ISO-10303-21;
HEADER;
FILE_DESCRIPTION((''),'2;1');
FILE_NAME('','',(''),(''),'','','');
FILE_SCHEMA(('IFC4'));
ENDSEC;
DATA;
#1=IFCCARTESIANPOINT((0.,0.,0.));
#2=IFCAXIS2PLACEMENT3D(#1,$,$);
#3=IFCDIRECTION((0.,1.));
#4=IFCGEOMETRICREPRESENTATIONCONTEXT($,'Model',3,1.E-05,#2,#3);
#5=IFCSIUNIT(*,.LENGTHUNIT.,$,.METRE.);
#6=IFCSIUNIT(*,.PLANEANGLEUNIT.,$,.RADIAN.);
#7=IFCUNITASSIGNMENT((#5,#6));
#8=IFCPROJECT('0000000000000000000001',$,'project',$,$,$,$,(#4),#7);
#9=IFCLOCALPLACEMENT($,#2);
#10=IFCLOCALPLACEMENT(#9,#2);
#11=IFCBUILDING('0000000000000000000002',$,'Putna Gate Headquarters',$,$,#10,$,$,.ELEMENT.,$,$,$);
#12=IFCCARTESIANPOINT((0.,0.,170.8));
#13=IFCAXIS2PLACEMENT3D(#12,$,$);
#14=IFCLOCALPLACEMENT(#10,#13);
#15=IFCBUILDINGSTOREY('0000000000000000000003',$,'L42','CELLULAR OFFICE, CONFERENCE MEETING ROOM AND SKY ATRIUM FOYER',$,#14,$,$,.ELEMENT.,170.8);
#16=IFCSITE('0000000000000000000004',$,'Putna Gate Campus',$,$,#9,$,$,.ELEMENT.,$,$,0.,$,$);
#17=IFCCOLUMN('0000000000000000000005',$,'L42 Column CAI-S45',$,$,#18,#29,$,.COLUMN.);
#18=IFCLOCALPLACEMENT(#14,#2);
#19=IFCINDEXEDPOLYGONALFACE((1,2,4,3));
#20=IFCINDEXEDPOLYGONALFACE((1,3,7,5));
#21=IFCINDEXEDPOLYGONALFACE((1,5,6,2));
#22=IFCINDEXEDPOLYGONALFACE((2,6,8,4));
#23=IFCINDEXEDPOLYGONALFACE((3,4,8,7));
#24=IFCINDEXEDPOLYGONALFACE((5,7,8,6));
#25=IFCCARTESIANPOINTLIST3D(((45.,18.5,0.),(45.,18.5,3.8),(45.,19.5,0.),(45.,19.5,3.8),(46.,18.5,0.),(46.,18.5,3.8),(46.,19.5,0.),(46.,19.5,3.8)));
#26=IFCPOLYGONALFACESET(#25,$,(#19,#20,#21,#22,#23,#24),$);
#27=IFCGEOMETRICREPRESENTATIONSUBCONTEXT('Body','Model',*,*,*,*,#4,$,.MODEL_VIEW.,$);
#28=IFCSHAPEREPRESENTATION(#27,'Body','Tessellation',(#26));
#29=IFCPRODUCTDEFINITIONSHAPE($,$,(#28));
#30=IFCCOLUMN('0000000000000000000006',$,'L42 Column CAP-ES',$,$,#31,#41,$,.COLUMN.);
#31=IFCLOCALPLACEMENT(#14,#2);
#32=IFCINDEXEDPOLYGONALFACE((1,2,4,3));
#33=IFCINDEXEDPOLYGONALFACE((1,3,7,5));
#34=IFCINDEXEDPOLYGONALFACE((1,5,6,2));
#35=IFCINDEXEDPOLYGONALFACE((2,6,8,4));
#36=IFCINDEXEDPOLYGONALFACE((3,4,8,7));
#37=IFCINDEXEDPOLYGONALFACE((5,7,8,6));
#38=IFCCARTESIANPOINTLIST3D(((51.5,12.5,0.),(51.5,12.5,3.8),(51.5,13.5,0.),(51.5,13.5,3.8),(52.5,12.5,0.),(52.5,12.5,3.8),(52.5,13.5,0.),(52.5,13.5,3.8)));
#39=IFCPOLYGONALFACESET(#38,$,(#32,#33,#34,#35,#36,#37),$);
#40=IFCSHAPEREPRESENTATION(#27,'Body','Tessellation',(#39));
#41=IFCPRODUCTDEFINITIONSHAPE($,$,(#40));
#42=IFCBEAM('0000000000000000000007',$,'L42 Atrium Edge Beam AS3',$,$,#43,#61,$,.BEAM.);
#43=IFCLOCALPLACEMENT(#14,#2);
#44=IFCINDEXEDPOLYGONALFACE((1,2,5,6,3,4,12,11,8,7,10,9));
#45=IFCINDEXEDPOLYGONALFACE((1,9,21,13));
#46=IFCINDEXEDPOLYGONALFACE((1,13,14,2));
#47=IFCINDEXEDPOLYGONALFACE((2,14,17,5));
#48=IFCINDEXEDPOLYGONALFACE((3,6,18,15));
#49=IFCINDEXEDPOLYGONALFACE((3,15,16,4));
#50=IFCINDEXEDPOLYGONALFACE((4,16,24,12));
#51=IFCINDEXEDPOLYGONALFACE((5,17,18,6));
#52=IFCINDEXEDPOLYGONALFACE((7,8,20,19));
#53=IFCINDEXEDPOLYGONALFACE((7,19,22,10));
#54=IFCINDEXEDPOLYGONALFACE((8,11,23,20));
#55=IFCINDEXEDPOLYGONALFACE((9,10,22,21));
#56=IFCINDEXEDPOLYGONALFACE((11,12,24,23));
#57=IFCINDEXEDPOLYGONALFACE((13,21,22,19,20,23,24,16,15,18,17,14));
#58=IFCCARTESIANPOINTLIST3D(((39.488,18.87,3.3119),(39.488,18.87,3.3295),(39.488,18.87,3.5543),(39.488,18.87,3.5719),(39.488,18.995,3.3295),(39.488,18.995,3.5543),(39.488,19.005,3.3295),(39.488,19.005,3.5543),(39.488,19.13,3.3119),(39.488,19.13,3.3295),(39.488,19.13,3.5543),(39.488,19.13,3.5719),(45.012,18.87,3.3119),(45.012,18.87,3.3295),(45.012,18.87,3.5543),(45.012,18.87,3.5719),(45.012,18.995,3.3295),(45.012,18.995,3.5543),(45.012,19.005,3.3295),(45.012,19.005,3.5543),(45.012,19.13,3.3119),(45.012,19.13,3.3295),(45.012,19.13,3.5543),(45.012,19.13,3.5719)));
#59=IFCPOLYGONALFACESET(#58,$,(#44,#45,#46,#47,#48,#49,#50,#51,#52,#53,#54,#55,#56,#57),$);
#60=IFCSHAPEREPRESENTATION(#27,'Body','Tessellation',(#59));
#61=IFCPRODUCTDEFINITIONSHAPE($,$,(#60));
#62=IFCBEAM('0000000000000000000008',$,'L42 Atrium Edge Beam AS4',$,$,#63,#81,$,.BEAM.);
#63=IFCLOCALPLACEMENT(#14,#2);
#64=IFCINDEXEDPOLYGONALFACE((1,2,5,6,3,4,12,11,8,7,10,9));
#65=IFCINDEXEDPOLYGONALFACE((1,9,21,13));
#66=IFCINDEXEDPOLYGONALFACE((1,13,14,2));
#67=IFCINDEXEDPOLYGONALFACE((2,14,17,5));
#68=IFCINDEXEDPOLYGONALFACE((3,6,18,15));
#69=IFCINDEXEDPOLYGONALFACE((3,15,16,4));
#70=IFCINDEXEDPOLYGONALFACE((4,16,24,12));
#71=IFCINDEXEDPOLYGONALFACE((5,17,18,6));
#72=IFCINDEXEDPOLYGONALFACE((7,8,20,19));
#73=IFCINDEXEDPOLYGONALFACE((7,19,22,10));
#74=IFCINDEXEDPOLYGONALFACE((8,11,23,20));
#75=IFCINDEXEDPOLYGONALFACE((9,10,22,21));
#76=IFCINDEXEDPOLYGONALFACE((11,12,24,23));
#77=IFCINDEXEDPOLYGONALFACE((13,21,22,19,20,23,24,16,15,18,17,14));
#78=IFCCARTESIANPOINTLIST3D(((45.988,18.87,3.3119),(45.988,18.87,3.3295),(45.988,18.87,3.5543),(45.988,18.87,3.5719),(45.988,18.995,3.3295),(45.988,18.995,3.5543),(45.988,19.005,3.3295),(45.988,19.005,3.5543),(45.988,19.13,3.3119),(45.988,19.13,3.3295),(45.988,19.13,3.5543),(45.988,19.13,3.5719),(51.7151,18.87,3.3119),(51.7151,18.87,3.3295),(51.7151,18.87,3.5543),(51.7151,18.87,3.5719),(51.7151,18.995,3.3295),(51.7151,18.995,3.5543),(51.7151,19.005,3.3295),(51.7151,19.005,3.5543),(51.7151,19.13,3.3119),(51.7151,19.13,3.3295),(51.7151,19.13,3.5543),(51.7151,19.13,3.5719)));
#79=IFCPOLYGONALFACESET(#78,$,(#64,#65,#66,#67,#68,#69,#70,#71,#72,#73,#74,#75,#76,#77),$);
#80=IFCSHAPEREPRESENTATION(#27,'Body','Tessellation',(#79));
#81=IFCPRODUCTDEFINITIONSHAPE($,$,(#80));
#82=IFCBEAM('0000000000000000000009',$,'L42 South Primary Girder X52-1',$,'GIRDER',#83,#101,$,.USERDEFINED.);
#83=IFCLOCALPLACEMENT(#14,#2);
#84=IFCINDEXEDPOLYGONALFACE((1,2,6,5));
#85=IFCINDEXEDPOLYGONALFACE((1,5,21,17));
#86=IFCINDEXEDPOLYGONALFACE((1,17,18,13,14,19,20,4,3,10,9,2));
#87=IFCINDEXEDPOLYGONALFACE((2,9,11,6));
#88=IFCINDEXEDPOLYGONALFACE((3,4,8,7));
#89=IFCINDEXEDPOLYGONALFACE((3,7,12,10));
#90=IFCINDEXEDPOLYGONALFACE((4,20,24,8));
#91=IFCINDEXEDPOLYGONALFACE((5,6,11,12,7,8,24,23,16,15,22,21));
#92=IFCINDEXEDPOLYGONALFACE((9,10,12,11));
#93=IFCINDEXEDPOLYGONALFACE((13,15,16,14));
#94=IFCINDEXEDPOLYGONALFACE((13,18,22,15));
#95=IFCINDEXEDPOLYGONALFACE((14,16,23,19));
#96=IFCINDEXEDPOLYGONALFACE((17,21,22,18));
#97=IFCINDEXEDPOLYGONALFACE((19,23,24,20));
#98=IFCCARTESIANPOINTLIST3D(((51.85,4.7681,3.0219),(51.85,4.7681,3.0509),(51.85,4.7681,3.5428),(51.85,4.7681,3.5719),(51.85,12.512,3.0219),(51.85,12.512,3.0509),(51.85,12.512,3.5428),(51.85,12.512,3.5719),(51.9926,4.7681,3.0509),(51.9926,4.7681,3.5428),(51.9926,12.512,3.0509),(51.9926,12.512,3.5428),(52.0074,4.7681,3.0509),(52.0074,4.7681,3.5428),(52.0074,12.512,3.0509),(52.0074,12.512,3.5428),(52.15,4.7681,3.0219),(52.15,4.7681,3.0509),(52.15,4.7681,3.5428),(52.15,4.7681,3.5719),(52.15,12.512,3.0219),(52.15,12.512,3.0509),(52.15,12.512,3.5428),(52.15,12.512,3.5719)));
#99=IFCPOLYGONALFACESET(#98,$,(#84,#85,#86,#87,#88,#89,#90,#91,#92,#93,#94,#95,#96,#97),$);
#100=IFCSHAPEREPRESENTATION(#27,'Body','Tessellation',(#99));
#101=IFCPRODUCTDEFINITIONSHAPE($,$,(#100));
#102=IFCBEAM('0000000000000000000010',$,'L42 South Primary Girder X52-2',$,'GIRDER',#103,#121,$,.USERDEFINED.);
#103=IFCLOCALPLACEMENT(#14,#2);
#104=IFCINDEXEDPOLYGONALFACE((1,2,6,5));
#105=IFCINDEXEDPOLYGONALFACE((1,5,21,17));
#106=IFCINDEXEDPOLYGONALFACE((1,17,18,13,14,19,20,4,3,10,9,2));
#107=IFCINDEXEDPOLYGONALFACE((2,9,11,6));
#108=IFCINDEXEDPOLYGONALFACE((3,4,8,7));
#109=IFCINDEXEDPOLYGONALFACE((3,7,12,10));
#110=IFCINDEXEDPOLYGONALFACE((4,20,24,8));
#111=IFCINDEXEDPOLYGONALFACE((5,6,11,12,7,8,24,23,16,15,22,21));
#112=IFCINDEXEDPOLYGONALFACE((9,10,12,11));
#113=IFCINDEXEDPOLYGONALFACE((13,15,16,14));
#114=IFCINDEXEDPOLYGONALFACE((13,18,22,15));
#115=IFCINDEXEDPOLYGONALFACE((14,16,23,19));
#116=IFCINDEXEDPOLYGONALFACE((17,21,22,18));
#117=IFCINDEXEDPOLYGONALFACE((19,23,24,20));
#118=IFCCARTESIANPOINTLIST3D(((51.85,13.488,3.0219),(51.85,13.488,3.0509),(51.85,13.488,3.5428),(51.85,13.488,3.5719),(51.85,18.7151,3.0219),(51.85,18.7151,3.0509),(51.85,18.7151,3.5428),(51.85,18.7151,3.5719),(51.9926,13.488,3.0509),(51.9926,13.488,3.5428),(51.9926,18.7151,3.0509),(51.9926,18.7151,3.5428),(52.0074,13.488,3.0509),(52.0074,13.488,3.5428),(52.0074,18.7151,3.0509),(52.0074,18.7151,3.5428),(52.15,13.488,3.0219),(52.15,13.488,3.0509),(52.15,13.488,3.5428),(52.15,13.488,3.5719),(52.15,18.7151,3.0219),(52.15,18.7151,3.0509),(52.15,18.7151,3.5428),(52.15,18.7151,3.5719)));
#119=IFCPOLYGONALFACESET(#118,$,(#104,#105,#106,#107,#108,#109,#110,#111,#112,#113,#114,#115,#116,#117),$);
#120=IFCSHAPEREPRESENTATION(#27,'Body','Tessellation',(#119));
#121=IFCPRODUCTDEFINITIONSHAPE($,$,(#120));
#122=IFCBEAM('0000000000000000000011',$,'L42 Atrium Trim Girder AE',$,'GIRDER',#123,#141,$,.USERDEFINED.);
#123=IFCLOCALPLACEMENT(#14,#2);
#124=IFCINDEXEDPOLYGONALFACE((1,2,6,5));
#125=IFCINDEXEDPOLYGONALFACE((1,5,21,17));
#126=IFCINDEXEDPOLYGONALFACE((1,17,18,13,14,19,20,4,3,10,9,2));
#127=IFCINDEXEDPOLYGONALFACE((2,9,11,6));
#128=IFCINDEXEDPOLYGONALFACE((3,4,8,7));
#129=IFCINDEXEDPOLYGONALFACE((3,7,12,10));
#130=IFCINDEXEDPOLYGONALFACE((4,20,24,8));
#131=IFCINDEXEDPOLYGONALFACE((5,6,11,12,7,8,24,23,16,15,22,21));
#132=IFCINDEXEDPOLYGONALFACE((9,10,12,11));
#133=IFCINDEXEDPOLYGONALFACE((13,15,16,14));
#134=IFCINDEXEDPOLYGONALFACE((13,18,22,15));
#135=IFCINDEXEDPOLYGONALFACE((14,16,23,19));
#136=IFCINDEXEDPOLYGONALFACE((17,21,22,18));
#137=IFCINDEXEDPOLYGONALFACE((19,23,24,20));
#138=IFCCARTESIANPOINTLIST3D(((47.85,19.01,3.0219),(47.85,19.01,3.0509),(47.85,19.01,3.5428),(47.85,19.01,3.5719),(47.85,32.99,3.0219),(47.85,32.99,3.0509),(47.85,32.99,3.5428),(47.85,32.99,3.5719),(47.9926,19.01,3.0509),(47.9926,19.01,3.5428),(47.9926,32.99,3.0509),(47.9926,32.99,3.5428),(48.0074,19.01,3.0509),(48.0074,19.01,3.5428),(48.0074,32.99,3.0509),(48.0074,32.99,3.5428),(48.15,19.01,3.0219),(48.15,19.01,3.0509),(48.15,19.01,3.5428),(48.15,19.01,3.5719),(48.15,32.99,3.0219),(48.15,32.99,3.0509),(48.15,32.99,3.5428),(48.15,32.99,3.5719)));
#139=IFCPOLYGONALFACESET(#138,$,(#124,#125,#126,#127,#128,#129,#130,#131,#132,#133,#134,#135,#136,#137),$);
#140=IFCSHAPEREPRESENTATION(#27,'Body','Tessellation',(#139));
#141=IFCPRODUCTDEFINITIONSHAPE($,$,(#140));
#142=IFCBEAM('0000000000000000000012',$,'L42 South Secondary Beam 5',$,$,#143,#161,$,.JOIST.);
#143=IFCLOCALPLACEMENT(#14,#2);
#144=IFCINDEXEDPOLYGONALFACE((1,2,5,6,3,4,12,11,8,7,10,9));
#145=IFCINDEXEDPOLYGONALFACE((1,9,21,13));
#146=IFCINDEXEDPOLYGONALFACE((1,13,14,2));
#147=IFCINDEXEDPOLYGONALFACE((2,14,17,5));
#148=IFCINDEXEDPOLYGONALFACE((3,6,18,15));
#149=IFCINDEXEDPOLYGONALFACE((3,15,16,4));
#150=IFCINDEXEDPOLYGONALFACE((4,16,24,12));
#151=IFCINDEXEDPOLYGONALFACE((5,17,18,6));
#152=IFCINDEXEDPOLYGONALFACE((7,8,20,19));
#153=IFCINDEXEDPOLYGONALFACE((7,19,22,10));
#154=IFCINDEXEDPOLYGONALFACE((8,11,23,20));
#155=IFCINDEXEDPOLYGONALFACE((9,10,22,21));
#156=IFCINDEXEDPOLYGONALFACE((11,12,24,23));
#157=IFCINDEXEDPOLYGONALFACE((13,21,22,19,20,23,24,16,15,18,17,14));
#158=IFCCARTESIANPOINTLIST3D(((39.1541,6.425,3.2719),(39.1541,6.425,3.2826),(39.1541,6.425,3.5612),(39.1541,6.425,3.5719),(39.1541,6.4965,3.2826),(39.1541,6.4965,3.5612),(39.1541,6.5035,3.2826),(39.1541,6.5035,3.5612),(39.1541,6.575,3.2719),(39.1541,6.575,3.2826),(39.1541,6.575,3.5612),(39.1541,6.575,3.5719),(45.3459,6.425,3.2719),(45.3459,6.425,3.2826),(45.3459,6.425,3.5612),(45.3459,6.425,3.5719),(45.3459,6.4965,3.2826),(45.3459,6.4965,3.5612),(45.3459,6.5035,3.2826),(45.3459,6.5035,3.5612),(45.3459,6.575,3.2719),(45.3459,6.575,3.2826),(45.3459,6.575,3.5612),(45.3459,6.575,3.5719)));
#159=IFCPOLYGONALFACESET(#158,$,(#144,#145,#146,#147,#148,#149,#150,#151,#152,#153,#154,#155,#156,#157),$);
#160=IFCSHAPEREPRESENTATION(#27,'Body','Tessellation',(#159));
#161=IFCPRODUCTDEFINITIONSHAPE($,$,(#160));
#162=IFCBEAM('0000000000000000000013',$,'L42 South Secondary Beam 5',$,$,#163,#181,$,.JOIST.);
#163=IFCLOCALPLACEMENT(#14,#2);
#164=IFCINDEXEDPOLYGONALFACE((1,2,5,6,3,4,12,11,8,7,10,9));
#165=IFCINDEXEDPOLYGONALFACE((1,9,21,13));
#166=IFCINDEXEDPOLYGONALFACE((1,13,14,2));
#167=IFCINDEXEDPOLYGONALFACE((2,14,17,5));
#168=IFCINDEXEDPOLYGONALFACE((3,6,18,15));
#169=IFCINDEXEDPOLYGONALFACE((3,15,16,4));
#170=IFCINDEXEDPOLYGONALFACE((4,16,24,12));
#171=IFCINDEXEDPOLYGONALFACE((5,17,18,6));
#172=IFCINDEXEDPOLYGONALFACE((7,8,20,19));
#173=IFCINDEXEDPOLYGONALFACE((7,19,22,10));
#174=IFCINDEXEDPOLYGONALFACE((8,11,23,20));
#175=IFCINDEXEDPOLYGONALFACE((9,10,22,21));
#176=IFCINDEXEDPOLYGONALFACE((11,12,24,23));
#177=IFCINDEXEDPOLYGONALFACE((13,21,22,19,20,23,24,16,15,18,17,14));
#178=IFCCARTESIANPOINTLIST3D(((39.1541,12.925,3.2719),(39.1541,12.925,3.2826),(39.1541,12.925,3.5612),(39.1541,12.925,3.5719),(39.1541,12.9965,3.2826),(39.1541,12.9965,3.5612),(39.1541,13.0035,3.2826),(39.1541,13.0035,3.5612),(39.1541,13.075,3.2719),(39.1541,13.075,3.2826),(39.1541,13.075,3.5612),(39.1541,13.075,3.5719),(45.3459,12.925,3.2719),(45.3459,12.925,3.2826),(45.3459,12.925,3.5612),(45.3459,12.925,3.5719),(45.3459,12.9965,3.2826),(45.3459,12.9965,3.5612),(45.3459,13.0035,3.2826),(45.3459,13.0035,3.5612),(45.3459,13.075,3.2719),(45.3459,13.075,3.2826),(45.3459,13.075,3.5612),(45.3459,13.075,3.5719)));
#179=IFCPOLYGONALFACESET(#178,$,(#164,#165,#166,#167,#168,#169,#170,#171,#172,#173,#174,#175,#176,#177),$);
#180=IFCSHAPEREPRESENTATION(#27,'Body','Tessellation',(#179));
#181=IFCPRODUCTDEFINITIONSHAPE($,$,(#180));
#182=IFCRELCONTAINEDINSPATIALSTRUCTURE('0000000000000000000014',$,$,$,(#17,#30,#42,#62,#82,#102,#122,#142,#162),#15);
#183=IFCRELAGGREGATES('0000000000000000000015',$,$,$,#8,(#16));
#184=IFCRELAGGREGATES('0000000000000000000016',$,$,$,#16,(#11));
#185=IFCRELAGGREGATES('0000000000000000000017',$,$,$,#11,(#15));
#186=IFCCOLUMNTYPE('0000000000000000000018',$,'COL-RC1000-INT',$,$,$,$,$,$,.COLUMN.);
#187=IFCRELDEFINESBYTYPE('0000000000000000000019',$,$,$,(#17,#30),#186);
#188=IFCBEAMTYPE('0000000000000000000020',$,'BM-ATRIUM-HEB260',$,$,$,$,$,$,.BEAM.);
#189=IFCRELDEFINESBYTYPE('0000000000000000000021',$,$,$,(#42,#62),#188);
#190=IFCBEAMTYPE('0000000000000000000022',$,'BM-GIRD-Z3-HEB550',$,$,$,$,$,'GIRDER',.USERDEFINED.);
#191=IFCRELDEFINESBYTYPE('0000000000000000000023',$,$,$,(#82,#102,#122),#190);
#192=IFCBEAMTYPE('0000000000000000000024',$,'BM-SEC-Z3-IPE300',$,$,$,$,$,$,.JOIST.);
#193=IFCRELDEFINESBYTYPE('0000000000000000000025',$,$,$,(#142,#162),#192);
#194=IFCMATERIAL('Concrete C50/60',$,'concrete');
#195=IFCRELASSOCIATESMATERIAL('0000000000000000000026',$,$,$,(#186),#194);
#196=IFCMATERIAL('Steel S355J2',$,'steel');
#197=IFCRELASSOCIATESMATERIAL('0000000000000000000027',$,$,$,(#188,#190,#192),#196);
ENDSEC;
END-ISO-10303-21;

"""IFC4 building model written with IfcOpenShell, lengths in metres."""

from ifc_helpers import new_model, si_unit, direction, frame, origin, origin_2d, place, context, subcontext, project, spatial, rectangle, i_section, extrude, material, material_profile, profile_set, type_object, element, save


model = new_model("IFC4")

# Units and contexts
model_context = context("Model", 3, precision=1e-05, world=origin(), true_north=direction((0.0, 1.0)))
body_context = subcontext(model_context, "Body", "Model", "MODEL_VIEW")
ifc_project = project(units=[si_unit("LENGTHUNIT", "METRE"), si_unit("PLANEANGLEUNIT", "RADIAN")], contexts=[model_context])

# Site, building, storey
site_placement = place(None, origin())
site = spatial("IfcSite", under=ifc_project, at=site_placement, Name="Putna Gate Campus", CompositionType="ELEMENT", RefElevation=0.0)
building_placement = place(site_placement, origin())
building = spatial("IfcBuilding", under=site, at=building_placement, Name="Putna Gate Headquarters", CompositionType="ELEMENT")
storey_placement = place(building_placement, frame((0.0, 0.0, 170.8)))
storey = spatial("IfcBuildingStorey", under=building, at=storey_placement, Name="L42", Description="CELLULAR OFFICE, CONFERENCE MEETING ROOM AND SKY ATRIUM FOYER", CompositionType="ELEMENT", Elevation=170.8)

# Columns
ifc_material_1 = material(Name="Concrete C50/60", Category="concrete")
ifc_material_profile_1 = material_profile(ifc_material_1, rectangle(XDim=1.0, YDim=1.0, at=origin_2d()), Name="Concrete C50/60")
ifc_profile_set_1 = profile_set([ifc_material_profile_1], Name="Concrete C50/60")
column_type = type_object("IfcColumnType", Name="COL-RC1000-INT", PredefinedType="COLUMN", material=ifc_profile_set_1)
for number, where, z_axis, x_axis, name in (
    (1, (45.5, 19.0, 0.0), (0.0, 0.0, 1.0), (1.0, 0.0, 0.0), "L42 Column CAI-S45"),
    (2, (52.0, 13.0, 0.0), (0.0, 0.0, 1.0), (1.0, 0.0, 0.0), "L42 Column CAP-ES"),
):
    element("IfcColumn", number, at=place(storey_placement, frame(where, z_axis=z_axis, x_axis=x_axis)), inside=storey, type_object=column_type, Name=name, PredefinedType="COLUMN", context=body_context, shape_type="SweptSolid", body=[
        extrude(rectangle(XDim=1.0, YDim=1.0, at=origin_2d()), origin(), (0.0, 0.0, 1.0), 3.8),
    ])

# Beams
ifc_material_2 = material(Name="Steel S355J2", Category="steel")
ifc_material_profile_2 = material_profile(ifc_material_2, i_section(OverallWidth=0.26, OverallDepth=0.26, WebThickness=0.01, FlangeThickness=0.0176, at=origin_2d()), Name="Steel S355J2")
ifc_profile_set_2 = profile_set([ifc_material_profile_2], Name="Steel S355J2")
beam_type_1 = type_object("IfcBeamType", Name="BM-ATRIUM-HEB260", PredefinedType="BEAM", material=ifc_profile_set_2)
beam_1_placement = place(storey_placement, frame((39.488, 19.0, 3.4419), z_axis=(1.0, 0.0, 0.0), x_axis=(0.0, 1.0, 0.0)))
element("IfcBeam", 3, at=beam_1_placement, inside=storey, type_object=beam_type_1, Name="L42 Atrium Edge Beam AS3", PredefinedType="BEAM", context=body_context, shape_type="SweptSolid", body=[
    extrude(i_section(OverallWidth=0.26, OverallDepth=0.26, WebThickness=0.01, FlangeThickness=0.0176, at=origin_2d()), origin(), (0.0, 0.0, 1.0), 5.5239),
])
beam_2_placement = place(storey_placement, frame((45.988, 19.0, 3.4419), z_axis=(1.0, 0.0, 0.0), x_axis=(0.0, 1.0, 0.0)))
element("IfcBeam", 4, at=beam_2_placement, inside=storey, type_object=beam_type_1, Name="L42 Atrium Edge Beam AS4", PredefinedType="BEAM", context=body_context, shape_type="SweptSolid", body=[
    extrude(i_section(OverallWidth=0.26, OverallDepth=0.26, WebThickness=0.01, FlangeThickness=0.0176, at=origin_2d()), origin(), (0.0, 0.0, 1.0), 5.7271),
])
ifc_material_profile_3 = material_profile(ifc_material_2, i_section(OverallWidth=0.3, OverallDepth=0.55, WebThickness=0.0149, FlangeThickness=0.0291, at=origin_2d()), Name="Steel S355J2")
ifc_profile_set_3 = profile_set([ifc_material_profile_3], Name="Steel S355J2")
beam_type_2 = type_object("IfcBeamType", Name="BM-GIRD-Z3-HEB550", ElementType="GIRDER", PredefinedType="USERDEFINED", material=ifc_profile_set_3)
beam_3_placement = place(storey_placement, frame((52.0, 4.7681, 3.2969), z_axis=(0.0, 1.0, 0.0), x_axis=(-1.0, 0.0, 0.0)))
element("IfcBeam", 5, at=beam_3_placement, inside=storey, type_object=beam_type_2, Name="L42 South Primary Girder X52-1", ObjectType="GIRDER", PredefinedType="USERDEFINED", context=body_context, shape_type="SweptSolid", body=[
    extrude(i_section(OverallWidth=0.3, OverallDepth=0.55, WebThickness=0.0149, FlangeThickness=0.0291, at=origin_2d()), origin(), (0.0, 0.0, 1.0), 7.7439),
])
beam_4_placement = place(storey_placement, frame((52.0, 13.488, 3.2969), z_axis=(0.0, 1.0, 0.0), x_axis=(-1.0, 0.0, 0.0)))
element("IfcBeam", 6, at=beam_4_placement, inside=storey, type_object=beam_type_2, Name="L42 South Primary Girder X52-2", ObjectType="GIRDER", PredefinedType="USERDEFINED", context=body_context, shape_type="SweptSolid", body=[
    extrude(i_section(OverallWidth=0.3, OverallDepth=0.55, WebThickness=0.0149, FlangeThickness=0.0291, at=origin_2d()), origin(), (0.0, 0.0, 1.0), 5.2271),
])
beam_5_placement = place(storey_placement, frame((48.0, 19.01, 3.2969), z_axis=(0.0, 1.0, 0.0), x_axis=(-1.0, 0.0, 0.0)))
element("IfcBeam", 7, at=beam_5_placement, inside=storey, type_object=beam_type_2, Name="L42 Atrium Trim Girder AE", ObjectType="GIRDER", PredefinedType="USERDEFINED", context=body_context, shape_type="SweptSolid", body=[
    extrude(i_section(OverallWidth=0.3, OverallDepth=0.55, WebThickness=0.0149, FlangeThickness=0.0291, at=origin_2d()), origin(), (0.0, 0.0, 1.0), 13.98),
])
ifc_material_profile_4 = material_profile(ifc_material_2, i_section(OverallWidth=0.1499, OverallDepth=0.3, WebThickness=0.0071, FlangeThickness=0.0107, at=origin_2d()), Name="Steel S355J2")
ifc_profile_set_4 = profile_set([ifc_material_profile_4], Name="Steel S355J2")
beam_type_3 = type_object("IfcBeamType", Name="BM-SEC-Z3-IPE300", PredefinedType="JOIST", material=ifc_profile_set_4)
for number, where, z_axis, x_axis, name in (
    (8, (39.1541, 6.5, 3.4219), (1.0, 0.0, 0.0), (0.0, 1.0, 0.0), "L42 South Secondary Beam 5"),
    (9, (39.1541, 13.0, 3.4219), (1.0, 0.0, 0.0), (0.0, 1.0, 0.0), "L42 South Secondary Beam 5"),
):
    element("IfcBeam", number, at=place(storey_placement, frame(where, z_axis=z_axis, x_axis=x_axis)), inside=storey, type_object=beam_type_3, Name=name, PredefinedType="JOIST", context=body_context, shape_type="SweptSolid", body=[
        extrude(i_section(OverallWidth=0.1499, OverallDepth=0.3, WebThickness=0.0071, FlangeThickness=0.0107, at=origin_2d()), origin(), (0.0, 0.0, 1.0), 6.1919),
    ])

save(model, "model.ifc")
